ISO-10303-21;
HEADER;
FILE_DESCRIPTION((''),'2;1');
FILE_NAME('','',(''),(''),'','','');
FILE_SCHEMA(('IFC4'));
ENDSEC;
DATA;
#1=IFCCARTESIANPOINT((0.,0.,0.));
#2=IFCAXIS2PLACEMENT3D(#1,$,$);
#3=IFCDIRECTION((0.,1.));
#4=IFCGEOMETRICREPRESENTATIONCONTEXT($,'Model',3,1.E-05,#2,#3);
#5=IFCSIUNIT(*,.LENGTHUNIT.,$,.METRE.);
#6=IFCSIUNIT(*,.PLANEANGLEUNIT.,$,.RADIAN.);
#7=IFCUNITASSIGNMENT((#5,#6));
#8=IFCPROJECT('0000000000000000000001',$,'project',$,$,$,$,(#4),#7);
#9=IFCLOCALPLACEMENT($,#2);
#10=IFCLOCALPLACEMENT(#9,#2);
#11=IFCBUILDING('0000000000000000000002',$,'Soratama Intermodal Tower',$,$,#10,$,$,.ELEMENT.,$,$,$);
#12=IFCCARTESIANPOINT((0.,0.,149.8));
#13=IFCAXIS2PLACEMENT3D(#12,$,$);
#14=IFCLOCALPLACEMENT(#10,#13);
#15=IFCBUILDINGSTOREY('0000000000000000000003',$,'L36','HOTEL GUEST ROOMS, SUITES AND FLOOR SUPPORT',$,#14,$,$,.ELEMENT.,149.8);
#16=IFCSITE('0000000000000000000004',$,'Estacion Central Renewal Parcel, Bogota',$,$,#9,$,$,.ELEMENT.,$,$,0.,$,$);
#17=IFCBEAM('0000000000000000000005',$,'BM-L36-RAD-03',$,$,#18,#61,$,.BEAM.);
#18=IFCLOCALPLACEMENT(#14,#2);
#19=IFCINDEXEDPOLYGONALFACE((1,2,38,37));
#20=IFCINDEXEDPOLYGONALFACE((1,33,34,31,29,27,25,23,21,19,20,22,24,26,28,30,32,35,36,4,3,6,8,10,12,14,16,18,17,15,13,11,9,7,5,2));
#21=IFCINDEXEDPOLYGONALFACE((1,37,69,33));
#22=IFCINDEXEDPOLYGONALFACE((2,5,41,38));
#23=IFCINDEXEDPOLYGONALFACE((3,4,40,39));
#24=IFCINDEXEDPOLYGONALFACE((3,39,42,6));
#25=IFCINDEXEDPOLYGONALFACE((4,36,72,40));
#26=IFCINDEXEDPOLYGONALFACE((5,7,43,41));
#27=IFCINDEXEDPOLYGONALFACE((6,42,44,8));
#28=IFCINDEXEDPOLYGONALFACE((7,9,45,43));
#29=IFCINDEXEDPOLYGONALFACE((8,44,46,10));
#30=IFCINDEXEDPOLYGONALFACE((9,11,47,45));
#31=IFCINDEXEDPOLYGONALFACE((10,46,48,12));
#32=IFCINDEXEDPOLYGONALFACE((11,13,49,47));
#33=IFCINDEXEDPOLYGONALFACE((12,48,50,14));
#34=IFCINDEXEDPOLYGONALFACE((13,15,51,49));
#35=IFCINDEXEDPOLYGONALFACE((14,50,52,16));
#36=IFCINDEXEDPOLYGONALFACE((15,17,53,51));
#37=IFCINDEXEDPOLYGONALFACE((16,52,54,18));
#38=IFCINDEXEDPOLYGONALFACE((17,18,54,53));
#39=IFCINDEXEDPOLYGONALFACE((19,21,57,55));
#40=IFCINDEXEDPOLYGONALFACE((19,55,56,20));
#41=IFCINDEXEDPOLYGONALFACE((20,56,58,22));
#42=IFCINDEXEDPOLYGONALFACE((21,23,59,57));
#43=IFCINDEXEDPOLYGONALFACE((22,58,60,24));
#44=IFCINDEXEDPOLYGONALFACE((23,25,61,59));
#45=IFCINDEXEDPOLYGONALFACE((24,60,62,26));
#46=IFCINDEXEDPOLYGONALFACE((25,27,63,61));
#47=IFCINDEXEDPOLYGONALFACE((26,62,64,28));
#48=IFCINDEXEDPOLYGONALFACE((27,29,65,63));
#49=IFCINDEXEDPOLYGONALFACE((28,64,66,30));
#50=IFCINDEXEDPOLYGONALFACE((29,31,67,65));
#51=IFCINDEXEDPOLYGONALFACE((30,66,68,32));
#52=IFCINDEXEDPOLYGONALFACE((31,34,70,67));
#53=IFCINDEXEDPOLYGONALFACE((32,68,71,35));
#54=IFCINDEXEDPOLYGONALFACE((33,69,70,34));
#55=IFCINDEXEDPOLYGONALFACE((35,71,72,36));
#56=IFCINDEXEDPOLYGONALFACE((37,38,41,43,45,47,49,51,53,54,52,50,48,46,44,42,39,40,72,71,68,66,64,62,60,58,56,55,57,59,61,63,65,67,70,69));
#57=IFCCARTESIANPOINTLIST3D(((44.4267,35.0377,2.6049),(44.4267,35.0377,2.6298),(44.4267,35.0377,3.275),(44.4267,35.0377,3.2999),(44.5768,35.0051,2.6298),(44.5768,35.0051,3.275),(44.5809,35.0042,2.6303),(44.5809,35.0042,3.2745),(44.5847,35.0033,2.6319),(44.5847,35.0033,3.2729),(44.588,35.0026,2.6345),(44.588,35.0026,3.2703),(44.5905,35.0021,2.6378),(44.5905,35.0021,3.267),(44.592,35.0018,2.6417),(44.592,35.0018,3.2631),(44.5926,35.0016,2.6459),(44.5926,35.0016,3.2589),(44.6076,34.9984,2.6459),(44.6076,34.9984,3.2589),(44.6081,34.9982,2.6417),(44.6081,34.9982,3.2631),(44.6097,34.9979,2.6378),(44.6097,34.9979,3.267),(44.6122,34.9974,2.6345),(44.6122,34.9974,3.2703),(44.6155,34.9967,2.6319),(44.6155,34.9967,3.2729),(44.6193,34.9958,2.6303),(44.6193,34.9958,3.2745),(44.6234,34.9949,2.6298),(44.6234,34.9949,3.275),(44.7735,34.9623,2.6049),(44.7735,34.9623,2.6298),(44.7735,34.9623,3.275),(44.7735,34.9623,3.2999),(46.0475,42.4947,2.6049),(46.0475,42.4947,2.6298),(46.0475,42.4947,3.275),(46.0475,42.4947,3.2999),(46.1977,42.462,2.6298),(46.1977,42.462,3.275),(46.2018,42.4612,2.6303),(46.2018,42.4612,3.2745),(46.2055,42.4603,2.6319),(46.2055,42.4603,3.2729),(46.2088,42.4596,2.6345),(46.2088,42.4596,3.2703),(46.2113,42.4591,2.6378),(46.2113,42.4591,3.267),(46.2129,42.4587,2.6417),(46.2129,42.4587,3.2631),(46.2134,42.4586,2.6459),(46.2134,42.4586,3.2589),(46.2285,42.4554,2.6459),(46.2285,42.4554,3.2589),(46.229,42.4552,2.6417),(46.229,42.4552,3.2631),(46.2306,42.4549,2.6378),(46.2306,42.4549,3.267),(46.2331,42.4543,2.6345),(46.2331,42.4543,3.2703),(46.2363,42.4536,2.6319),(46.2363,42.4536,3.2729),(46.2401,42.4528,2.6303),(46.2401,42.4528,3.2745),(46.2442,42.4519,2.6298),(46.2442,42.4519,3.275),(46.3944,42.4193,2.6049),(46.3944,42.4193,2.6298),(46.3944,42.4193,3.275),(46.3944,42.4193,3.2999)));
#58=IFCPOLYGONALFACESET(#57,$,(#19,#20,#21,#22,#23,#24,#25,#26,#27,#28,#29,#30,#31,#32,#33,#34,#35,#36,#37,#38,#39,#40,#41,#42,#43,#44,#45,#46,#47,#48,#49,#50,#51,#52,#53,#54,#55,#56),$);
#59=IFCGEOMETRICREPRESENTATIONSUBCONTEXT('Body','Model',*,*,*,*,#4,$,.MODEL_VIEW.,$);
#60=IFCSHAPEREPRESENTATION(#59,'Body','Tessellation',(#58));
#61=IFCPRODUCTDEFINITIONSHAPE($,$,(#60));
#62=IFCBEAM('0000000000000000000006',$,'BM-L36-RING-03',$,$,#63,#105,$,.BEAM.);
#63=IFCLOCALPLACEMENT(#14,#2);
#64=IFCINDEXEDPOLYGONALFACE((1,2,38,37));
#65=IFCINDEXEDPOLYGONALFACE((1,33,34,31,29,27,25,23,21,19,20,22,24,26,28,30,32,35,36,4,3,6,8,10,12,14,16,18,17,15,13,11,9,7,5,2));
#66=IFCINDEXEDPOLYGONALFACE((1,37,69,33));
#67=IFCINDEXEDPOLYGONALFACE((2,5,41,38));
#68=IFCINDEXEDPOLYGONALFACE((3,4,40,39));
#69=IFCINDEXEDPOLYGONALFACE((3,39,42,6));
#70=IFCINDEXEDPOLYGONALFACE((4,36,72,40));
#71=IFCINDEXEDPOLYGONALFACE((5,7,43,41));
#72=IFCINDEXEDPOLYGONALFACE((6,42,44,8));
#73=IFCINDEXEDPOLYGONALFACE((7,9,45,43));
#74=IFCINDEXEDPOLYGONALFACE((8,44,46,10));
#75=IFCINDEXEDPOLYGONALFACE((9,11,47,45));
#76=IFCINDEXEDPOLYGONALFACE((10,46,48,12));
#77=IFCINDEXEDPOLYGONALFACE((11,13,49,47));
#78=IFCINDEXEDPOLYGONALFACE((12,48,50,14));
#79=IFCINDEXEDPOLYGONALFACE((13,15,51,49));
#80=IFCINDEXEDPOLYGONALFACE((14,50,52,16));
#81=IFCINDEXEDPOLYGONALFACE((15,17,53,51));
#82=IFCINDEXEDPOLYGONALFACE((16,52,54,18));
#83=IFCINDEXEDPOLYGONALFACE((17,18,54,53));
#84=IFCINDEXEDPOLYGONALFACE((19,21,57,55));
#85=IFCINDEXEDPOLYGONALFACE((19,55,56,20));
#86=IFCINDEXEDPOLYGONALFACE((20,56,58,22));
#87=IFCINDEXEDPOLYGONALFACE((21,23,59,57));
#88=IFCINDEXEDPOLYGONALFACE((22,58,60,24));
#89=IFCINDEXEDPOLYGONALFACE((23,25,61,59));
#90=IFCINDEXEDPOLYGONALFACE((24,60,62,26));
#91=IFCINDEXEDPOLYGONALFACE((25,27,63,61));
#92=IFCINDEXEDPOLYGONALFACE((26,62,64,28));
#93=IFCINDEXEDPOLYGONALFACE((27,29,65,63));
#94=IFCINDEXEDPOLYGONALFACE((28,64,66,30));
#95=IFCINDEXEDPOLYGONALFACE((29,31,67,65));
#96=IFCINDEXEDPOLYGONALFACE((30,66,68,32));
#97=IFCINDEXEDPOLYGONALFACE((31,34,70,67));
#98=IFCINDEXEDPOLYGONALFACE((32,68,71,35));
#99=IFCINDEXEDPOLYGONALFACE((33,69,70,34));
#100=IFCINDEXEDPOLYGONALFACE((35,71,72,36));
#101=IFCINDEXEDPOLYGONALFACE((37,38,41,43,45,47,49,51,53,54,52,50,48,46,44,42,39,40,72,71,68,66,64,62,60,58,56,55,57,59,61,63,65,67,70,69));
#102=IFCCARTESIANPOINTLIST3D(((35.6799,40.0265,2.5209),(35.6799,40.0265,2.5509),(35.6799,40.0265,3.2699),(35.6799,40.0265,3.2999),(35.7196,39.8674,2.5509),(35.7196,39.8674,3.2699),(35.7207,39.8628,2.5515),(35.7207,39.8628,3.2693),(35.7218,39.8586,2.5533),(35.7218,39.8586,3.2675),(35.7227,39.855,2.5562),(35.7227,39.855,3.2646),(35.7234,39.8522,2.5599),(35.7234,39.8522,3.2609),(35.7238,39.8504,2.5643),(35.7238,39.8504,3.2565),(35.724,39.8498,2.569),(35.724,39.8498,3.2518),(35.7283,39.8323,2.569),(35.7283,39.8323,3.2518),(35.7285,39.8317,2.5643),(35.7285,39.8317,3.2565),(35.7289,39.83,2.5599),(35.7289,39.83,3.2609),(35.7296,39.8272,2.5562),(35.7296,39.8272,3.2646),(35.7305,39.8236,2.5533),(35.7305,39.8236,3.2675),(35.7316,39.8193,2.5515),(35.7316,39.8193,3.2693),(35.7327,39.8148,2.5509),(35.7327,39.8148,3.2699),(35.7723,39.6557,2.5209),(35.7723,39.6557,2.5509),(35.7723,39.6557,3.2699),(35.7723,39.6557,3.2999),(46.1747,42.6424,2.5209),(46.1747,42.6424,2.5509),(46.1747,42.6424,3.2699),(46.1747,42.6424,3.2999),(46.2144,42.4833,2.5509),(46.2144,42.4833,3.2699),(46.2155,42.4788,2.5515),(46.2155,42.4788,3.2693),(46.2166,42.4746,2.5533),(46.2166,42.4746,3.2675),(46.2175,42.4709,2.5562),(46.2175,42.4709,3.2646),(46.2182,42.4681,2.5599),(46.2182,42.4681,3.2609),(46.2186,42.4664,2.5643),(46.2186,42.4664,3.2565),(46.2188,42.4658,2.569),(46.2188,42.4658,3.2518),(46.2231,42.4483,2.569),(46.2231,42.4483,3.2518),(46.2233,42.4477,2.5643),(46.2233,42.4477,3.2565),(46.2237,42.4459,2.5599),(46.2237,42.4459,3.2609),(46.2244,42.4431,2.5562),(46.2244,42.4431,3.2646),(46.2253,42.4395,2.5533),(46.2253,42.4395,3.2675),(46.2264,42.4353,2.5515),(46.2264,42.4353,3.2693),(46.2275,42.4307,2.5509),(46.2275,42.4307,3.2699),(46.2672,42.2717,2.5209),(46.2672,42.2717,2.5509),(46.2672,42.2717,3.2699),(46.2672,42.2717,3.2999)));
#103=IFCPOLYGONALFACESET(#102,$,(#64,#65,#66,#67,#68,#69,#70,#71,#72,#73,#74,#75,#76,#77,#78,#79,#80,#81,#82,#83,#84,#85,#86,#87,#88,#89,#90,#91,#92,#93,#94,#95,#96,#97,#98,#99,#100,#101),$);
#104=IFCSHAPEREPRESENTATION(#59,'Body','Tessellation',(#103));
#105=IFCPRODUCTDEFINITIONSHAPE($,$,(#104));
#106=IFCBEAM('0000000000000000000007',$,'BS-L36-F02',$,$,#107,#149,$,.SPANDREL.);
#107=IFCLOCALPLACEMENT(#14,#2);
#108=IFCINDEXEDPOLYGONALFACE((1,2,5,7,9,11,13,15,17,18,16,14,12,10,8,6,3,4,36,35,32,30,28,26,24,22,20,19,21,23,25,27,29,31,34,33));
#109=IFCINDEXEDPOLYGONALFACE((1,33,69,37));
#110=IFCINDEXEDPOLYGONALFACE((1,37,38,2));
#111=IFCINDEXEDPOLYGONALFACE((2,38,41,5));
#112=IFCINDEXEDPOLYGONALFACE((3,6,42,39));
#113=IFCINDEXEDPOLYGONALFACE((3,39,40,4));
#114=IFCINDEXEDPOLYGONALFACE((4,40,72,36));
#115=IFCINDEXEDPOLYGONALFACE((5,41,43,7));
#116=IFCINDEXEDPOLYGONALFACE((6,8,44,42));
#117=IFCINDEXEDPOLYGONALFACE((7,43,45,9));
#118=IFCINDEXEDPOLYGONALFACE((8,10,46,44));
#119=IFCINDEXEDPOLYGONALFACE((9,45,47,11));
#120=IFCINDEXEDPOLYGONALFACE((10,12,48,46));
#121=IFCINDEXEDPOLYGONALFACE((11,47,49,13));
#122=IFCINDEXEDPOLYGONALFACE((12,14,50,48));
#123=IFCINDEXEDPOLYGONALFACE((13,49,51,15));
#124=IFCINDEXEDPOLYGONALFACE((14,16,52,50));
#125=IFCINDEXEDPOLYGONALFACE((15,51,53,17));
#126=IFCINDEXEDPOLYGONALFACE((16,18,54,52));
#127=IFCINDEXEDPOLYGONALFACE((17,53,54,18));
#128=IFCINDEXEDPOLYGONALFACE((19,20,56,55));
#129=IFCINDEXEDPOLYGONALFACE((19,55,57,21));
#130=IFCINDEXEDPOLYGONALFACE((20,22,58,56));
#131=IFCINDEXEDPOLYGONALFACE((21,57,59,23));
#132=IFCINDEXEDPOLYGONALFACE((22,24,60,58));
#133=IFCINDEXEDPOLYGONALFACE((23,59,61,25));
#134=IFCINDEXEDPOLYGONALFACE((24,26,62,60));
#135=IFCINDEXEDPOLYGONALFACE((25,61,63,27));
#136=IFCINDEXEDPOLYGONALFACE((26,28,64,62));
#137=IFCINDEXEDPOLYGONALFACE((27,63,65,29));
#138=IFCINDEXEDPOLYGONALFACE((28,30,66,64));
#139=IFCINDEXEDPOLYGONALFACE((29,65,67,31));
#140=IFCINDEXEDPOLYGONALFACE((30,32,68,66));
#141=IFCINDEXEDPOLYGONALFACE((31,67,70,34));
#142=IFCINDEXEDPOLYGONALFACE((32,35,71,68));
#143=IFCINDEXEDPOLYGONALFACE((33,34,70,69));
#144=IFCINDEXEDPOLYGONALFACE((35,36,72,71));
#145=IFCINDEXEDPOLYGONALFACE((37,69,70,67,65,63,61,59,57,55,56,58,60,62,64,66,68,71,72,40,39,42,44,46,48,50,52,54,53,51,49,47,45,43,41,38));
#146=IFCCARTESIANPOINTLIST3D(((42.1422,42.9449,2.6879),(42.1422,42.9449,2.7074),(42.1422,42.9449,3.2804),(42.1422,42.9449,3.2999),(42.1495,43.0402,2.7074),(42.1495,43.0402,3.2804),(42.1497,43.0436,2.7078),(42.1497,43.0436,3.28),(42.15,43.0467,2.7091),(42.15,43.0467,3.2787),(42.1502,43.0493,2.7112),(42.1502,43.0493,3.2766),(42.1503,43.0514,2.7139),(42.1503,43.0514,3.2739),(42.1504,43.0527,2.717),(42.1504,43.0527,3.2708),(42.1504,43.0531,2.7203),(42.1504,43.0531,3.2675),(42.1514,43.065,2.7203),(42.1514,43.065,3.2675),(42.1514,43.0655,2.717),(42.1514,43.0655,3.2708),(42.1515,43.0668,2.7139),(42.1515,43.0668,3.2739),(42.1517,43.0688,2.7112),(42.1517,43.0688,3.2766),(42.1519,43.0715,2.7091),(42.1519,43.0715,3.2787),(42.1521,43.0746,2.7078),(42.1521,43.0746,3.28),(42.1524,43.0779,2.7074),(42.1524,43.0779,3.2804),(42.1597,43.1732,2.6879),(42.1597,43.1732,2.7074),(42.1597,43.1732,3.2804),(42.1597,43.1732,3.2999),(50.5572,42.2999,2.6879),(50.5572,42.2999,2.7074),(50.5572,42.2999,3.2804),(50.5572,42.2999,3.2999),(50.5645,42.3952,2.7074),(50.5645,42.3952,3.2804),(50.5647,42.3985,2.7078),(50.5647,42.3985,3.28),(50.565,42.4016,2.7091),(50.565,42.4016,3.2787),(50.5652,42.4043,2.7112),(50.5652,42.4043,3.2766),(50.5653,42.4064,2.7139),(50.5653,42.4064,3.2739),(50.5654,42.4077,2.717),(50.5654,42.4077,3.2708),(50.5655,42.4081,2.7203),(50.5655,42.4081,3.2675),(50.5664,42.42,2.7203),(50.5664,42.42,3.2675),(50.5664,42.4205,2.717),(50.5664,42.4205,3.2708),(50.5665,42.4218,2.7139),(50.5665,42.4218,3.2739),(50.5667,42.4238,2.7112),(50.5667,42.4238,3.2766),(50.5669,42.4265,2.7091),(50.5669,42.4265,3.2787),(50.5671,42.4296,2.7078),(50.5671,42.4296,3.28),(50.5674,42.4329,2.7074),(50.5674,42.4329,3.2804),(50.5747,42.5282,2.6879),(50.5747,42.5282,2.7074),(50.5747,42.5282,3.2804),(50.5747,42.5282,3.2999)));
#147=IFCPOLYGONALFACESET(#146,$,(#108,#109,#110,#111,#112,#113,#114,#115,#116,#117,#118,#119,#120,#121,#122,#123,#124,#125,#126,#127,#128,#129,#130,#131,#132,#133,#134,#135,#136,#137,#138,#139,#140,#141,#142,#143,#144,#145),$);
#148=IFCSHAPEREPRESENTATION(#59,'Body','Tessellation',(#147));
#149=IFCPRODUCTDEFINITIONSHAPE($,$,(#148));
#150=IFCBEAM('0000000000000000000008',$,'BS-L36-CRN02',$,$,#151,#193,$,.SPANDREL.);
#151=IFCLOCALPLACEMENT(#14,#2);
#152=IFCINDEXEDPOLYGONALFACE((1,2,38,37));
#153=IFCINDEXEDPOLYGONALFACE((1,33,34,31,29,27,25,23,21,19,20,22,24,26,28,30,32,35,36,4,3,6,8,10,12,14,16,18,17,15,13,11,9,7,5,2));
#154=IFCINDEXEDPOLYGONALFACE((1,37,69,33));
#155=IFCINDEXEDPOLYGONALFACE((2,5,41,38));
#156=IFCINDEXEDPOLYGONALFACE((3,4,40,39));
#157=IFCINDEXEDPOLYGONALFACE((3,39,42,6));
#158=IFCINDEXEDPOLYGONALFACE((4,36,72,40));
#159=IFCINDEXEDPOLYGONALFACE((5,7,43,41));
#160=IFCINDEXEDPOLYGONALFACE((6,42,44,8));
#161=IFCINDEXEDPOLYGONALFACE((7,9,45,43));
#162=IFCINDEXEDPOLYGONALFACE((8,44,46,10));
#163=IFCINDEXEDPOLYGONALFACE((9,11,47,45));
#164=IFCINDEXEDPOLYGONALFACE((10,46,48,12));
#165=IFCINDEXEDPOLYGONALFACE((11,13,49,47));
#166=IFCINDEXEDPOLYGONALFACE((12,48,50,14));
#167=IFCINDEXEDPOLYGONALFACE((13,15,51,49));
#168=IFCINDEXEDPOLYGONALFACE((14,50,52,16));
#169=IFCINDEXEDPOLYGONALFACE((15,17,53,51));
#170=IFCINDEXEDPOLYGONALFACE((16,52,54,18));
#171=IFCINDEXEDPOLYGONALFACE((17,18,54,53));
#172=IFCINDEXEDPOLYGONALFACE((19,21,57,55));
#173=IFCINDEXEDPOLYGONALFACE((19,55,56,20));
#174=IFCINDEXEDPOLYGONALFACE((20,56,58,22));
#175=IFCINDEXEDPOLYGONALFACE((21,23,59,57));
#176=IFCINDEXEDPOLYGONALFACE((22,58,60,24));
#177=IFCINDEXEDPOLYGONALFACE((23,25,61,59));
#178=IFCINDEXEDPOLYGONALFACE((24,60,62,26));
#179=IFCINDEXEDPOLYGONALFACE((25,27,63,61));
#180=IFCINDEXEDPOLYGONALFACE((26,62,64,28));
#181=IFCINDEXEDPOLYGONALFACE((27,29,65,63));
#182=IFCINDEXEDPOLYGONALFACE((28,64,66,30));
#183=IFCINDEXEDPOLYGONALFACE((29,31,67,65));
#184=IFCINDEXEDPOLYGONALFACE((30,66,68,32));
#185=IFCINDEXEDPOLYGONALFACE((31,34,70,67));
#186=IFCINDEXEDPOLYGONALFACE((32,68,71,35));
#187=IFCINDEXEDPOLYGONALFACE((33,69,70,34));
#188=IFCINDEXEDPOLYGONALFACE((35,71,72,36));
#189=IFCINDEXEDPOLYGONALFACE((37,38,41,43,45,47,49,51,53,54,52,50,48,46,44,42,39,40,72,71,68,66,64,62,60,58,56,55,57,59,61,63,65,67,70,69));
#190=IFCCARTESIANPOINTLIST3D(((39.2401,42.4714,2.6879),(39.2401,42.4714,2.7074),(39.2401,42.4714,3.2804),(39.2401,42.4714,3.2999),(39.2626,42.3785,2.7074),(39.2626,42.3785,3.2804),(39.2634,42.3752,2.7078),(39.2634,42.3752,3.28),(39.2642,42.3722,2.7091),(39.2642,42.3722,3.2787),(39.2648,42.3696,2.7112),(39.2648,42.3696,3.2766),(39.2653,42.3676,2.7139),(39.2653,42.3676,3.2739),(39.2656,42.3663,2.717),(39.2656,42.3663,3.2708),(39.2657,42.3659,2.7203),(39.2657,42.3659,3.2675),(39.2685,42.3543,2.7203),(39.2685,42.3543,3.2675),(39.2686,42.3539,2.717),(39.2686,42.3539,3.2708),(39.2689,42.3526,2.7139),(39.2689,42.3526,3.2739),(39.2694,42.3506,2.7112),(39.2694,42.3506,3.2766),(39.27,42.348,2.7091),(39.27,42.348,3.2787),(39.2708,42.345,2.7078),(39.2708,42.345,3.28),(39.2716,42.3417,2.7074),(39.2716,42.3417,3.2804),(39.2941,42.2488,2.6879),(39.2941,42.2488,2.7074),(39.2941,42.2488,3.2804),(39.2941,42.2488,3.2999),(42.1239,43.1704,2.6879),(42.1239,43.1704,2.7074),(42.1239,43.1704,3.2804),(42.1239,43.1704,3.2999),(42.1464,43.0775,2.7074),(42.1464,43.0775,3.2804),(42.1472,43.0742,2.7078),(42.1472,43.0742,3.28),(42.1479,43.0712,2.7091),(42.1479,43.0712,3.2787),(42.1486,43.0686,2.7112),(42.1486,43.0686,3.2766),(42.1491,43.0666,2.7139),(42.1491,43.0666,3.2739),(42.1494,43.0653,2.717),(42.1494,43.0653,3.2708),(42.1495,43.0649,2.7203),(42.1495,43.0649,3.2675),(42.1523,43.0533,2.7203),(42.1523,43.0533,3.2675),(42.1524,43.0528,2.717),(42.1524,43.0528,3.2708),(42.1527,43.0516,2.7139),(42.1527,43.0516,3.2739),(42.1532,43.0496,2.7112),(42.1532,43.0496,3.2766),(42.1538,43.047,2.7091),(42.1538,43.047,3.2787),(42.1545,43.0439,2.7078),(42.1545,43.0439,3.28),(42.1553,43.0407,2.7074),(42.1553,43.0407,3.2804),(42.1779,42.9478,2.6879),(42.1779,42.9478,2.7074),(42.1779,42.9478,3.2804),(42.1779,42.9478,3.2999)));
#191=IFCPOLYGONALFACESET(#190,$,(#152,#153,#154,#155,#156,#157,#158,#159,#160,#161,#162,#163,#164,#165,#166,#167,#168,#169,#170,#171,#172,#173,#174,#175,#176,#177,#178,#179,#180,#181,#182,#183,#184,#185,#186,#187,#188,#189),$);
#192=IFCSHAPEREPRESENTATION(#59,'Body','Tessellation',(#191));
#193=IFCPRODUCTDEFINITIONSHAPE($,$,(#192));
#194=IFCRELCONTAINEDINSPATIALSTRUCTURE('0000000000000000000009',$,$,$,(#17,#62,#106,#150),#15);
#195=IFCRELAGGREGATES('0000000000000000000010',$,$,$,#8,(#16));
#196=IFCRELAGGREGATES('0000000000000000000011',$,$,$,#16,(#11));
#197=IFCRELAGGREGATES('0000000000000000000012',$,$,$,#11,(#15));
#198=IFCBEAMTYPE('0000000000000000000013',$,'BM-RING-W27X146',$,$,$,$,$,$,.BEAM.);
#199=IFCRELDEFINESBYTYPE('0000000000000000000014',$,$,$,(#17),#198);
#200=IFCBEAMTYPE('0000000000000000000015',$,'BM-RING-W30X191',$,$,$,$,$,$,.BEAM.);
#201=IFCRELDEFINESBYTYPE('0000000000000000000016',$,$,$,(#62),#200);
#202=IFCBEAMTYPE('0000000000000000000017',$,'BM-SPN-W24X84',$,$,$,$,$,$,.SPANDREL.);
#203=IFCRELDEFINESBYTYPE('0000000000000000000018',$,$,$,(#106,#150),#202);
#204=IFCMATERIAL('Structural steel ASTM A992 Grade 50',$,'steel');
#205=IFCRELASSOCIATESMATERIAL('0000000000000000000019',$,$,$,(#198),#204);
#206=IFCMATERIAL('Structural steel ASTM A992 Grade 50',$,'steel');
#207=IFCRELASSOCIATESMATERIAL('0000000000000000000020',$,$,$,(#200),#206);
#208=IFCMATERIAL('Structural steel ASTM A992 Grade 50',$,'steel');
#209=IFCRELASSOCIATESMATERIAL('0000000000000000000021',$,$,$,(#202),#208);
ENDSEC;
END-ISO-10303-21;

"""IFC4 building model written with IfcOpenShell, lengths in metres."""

from ifc_helpers import new_model, si_unit, direction, frame, origin, origin_2d, place, context, subcontext, project, spatial, i_section, extrude, material, material_profile, profile_set, type_object, element, save


model = new_model("IFC4")

# Units and contexts
model_context = context("Model", 3, precision=1e-05, world=origin(), true_north=direction((0.0, 1.0)))
body_context = subcontext(model_context, "Body", "Model", "MODEL_VIEW")
ifc_project = project(units=[si_unit("LENGTHUNIT", "METRE"), si_unit("PLANEANGLEUNIT", "RADIAN")], contexts=[model_context])

# Site, building, storey
site_placement = place(None, origin())
site = spatial("IfcSite", under=ifc_project, at=site_placement, Name="Estacion Central Renewal Parcel, Bogota", CompositionType="ELEMENT", RefElevation=0.0)
building_placement = place(site_placement, origin())
building = spatial("IfcBuilding", under=site, at=building_placement, Name="Soratama Intermodal Tower", CompositionType="ELEMENT")
storey_placement = place(building_placement, frame((0.0, 0.0, 149.8)))
storey = spatial("IfcBuildingStorey", under=building, at=storey_placement, Name="L36", Description="HOTEL GUEST ROOMS, SUITES AND FLOOR SUPPORT", CompositionType="ELEMENT", Elevation=149.8)

# Beams
ifc_material_1 = material(Name="Structural steel ASTM A992 Grade 50", Category="steel")
ifc_material_profile_1 = material_profile(ifc_material_1, i_section(OverallWidth=0.355, OverallDepth=0.6951, WebThickness=0.0154, FlangeThickness=0.0249, FilletRadius=0.0161, at=origin_2d()), Name="W27X146")
ifc_profile_set_1 = profile_set([ifc_material_profile_1], Name="Structural steel ASTM A992 Grade 50")
beam_type_1 = type_object("IfcBeamType", Name="BM-RING-W27X146", PredefinedType="BEAM", material=ifc_profile_set_1)
beam_1_placement = place(storey_placement, frame((44.6001, 35.0, 2.9524), z_axis=(0.212399, 0.977183, 0.0), x_axis=(-0.977183, 0.212399, 0.0)))
element("IfcBeam", 1, at=beam_1_placement, inside=storey, type_object=beam_type_1, Name="BM-L36-RAD-03", PredefinedType="BEAM", context=body_context, shape_type="SweptSolid", body=[
    extrude(i_section(OverallWidth=0.355, OverallDepth=0.6951, WebThickness=0.0154, FlangeThickness=0.0249, FilletRadius=0.0161, at=origin_2d()), origin(), (0.0, 0.0, 1.0), 7.6311),
])
ifc_material_2 = material(Name="Structural steel ASTM A992 Grade 50", Category="steel")
ifc_material_profile_2 = material_profile(ifc_material_2, i_section(OverallWidth=0.3821, OverallDepth=0.7791, WebThickness=0.0181, FlangeThickness=0.03, FilletRadius=0.0181, at=origin_2d()), Name="W30X191")
ifc_profile_set_2 = profile_set([ifc_material_profile_2], Name="Structural steel ASTM A992 Grade 50")
beam_type_2 = type_object("IfcBeamType", Name="BM-RING-W30X191", PredefinedType="BEAM", material=ifc_profile_set_2)
beam_2_placement = place(storey_placement, frame((46.2209, 42.457, 2.9104), z_axis=(-0.970311, -0.241861, 0.0), x_axis=(0.241861, -0.970311, 0.0)))
element("IfcBeam", 2, at=beam_2_placement, inside=storey, type_object=beam_type_2, Name="BM-L36-RING-03", PredefinedType="BEAM", context=body_context, shape_type="SweptSolid", body=[
    extrude(i_section(OverallWidth=0.3821, OverallDepth=0.7791, WebThickness=0.0181, FlangeThickness=0.03, FilletRadius=0.0181, at=origin_2d()), origin(), (0.0, 0.0, 1.0), 10.8159),
])
ifc_material_3 = material(Name="Structural steel ASTM A992 Grade 50", Category="steel")
ifc_material_profile_3 = material_profile(ifc_material_3, i_section(OverallWidth=0.229, OverallDepth=0.6121, WebThickness=0.012, FlangeThickness=0.0195, FilletRadius=0.0129, at=origin_2d()), Name="W24X84")
ifc_profile_set_3 = profile_set([ifc_material_profile_3], Name="Structural steel ASTM A992 Grade 50")
beam_type_3 = type_object("IfcBeamType", Name="BM-SPN-W24X84", PredefinedType="SPANDREL", material=ifc_profile_set_3)
beam_3_placement = place(storey_placement, frame((50.5659, 42.4141, 2.9939), z_axis=(-0.997075, 0.076427, 0.0), x_axis=(-0.076427, -0.997075, 0.0)))
element("IfcBeam", 3, at=beam_3_placement, inside=storey, type_object=beam_type_3, Name="BS-L36-F02", PredefinedType="SPANDREL", context=body_context, shape_type="SweptSolid", body=[
    extrude(i_section(OverallWidth=0.229, OverallDepth=0.6121, WebThickness=0.012, FlangeThickness=0.0195, FilletRadius=0.0129, at=origin_2d()), origin(), (0.0, 0.0, 1.0), 8.4397),
])
beam_4_placement = place(storey_placement, frame((42.1509, 43.0591, 2.9939), z_axis=(-0.97186, -0.23556, 0.0), x_axis=(0.23556, -0.97186, 0.0)))
element("IfcBeam", 4, at=beam_4_placement, inside=storey, type_object=beam_type_3, Name="BS-L36-CRN02", PredefinedType="SPANDREL", context=body_context, shape_type="SweptSolid", body=[
    extrude(i_section(OverallWidth=0.229, OverallDepth=0.6121, WebThickness=0.012, FlangeThickness=0.0195, FilletRadius=0.0129, at=origin_2d()), origin(), (0.0, 0.0, 1.0), 2.9673),
])

save(model, "model.ifc")
